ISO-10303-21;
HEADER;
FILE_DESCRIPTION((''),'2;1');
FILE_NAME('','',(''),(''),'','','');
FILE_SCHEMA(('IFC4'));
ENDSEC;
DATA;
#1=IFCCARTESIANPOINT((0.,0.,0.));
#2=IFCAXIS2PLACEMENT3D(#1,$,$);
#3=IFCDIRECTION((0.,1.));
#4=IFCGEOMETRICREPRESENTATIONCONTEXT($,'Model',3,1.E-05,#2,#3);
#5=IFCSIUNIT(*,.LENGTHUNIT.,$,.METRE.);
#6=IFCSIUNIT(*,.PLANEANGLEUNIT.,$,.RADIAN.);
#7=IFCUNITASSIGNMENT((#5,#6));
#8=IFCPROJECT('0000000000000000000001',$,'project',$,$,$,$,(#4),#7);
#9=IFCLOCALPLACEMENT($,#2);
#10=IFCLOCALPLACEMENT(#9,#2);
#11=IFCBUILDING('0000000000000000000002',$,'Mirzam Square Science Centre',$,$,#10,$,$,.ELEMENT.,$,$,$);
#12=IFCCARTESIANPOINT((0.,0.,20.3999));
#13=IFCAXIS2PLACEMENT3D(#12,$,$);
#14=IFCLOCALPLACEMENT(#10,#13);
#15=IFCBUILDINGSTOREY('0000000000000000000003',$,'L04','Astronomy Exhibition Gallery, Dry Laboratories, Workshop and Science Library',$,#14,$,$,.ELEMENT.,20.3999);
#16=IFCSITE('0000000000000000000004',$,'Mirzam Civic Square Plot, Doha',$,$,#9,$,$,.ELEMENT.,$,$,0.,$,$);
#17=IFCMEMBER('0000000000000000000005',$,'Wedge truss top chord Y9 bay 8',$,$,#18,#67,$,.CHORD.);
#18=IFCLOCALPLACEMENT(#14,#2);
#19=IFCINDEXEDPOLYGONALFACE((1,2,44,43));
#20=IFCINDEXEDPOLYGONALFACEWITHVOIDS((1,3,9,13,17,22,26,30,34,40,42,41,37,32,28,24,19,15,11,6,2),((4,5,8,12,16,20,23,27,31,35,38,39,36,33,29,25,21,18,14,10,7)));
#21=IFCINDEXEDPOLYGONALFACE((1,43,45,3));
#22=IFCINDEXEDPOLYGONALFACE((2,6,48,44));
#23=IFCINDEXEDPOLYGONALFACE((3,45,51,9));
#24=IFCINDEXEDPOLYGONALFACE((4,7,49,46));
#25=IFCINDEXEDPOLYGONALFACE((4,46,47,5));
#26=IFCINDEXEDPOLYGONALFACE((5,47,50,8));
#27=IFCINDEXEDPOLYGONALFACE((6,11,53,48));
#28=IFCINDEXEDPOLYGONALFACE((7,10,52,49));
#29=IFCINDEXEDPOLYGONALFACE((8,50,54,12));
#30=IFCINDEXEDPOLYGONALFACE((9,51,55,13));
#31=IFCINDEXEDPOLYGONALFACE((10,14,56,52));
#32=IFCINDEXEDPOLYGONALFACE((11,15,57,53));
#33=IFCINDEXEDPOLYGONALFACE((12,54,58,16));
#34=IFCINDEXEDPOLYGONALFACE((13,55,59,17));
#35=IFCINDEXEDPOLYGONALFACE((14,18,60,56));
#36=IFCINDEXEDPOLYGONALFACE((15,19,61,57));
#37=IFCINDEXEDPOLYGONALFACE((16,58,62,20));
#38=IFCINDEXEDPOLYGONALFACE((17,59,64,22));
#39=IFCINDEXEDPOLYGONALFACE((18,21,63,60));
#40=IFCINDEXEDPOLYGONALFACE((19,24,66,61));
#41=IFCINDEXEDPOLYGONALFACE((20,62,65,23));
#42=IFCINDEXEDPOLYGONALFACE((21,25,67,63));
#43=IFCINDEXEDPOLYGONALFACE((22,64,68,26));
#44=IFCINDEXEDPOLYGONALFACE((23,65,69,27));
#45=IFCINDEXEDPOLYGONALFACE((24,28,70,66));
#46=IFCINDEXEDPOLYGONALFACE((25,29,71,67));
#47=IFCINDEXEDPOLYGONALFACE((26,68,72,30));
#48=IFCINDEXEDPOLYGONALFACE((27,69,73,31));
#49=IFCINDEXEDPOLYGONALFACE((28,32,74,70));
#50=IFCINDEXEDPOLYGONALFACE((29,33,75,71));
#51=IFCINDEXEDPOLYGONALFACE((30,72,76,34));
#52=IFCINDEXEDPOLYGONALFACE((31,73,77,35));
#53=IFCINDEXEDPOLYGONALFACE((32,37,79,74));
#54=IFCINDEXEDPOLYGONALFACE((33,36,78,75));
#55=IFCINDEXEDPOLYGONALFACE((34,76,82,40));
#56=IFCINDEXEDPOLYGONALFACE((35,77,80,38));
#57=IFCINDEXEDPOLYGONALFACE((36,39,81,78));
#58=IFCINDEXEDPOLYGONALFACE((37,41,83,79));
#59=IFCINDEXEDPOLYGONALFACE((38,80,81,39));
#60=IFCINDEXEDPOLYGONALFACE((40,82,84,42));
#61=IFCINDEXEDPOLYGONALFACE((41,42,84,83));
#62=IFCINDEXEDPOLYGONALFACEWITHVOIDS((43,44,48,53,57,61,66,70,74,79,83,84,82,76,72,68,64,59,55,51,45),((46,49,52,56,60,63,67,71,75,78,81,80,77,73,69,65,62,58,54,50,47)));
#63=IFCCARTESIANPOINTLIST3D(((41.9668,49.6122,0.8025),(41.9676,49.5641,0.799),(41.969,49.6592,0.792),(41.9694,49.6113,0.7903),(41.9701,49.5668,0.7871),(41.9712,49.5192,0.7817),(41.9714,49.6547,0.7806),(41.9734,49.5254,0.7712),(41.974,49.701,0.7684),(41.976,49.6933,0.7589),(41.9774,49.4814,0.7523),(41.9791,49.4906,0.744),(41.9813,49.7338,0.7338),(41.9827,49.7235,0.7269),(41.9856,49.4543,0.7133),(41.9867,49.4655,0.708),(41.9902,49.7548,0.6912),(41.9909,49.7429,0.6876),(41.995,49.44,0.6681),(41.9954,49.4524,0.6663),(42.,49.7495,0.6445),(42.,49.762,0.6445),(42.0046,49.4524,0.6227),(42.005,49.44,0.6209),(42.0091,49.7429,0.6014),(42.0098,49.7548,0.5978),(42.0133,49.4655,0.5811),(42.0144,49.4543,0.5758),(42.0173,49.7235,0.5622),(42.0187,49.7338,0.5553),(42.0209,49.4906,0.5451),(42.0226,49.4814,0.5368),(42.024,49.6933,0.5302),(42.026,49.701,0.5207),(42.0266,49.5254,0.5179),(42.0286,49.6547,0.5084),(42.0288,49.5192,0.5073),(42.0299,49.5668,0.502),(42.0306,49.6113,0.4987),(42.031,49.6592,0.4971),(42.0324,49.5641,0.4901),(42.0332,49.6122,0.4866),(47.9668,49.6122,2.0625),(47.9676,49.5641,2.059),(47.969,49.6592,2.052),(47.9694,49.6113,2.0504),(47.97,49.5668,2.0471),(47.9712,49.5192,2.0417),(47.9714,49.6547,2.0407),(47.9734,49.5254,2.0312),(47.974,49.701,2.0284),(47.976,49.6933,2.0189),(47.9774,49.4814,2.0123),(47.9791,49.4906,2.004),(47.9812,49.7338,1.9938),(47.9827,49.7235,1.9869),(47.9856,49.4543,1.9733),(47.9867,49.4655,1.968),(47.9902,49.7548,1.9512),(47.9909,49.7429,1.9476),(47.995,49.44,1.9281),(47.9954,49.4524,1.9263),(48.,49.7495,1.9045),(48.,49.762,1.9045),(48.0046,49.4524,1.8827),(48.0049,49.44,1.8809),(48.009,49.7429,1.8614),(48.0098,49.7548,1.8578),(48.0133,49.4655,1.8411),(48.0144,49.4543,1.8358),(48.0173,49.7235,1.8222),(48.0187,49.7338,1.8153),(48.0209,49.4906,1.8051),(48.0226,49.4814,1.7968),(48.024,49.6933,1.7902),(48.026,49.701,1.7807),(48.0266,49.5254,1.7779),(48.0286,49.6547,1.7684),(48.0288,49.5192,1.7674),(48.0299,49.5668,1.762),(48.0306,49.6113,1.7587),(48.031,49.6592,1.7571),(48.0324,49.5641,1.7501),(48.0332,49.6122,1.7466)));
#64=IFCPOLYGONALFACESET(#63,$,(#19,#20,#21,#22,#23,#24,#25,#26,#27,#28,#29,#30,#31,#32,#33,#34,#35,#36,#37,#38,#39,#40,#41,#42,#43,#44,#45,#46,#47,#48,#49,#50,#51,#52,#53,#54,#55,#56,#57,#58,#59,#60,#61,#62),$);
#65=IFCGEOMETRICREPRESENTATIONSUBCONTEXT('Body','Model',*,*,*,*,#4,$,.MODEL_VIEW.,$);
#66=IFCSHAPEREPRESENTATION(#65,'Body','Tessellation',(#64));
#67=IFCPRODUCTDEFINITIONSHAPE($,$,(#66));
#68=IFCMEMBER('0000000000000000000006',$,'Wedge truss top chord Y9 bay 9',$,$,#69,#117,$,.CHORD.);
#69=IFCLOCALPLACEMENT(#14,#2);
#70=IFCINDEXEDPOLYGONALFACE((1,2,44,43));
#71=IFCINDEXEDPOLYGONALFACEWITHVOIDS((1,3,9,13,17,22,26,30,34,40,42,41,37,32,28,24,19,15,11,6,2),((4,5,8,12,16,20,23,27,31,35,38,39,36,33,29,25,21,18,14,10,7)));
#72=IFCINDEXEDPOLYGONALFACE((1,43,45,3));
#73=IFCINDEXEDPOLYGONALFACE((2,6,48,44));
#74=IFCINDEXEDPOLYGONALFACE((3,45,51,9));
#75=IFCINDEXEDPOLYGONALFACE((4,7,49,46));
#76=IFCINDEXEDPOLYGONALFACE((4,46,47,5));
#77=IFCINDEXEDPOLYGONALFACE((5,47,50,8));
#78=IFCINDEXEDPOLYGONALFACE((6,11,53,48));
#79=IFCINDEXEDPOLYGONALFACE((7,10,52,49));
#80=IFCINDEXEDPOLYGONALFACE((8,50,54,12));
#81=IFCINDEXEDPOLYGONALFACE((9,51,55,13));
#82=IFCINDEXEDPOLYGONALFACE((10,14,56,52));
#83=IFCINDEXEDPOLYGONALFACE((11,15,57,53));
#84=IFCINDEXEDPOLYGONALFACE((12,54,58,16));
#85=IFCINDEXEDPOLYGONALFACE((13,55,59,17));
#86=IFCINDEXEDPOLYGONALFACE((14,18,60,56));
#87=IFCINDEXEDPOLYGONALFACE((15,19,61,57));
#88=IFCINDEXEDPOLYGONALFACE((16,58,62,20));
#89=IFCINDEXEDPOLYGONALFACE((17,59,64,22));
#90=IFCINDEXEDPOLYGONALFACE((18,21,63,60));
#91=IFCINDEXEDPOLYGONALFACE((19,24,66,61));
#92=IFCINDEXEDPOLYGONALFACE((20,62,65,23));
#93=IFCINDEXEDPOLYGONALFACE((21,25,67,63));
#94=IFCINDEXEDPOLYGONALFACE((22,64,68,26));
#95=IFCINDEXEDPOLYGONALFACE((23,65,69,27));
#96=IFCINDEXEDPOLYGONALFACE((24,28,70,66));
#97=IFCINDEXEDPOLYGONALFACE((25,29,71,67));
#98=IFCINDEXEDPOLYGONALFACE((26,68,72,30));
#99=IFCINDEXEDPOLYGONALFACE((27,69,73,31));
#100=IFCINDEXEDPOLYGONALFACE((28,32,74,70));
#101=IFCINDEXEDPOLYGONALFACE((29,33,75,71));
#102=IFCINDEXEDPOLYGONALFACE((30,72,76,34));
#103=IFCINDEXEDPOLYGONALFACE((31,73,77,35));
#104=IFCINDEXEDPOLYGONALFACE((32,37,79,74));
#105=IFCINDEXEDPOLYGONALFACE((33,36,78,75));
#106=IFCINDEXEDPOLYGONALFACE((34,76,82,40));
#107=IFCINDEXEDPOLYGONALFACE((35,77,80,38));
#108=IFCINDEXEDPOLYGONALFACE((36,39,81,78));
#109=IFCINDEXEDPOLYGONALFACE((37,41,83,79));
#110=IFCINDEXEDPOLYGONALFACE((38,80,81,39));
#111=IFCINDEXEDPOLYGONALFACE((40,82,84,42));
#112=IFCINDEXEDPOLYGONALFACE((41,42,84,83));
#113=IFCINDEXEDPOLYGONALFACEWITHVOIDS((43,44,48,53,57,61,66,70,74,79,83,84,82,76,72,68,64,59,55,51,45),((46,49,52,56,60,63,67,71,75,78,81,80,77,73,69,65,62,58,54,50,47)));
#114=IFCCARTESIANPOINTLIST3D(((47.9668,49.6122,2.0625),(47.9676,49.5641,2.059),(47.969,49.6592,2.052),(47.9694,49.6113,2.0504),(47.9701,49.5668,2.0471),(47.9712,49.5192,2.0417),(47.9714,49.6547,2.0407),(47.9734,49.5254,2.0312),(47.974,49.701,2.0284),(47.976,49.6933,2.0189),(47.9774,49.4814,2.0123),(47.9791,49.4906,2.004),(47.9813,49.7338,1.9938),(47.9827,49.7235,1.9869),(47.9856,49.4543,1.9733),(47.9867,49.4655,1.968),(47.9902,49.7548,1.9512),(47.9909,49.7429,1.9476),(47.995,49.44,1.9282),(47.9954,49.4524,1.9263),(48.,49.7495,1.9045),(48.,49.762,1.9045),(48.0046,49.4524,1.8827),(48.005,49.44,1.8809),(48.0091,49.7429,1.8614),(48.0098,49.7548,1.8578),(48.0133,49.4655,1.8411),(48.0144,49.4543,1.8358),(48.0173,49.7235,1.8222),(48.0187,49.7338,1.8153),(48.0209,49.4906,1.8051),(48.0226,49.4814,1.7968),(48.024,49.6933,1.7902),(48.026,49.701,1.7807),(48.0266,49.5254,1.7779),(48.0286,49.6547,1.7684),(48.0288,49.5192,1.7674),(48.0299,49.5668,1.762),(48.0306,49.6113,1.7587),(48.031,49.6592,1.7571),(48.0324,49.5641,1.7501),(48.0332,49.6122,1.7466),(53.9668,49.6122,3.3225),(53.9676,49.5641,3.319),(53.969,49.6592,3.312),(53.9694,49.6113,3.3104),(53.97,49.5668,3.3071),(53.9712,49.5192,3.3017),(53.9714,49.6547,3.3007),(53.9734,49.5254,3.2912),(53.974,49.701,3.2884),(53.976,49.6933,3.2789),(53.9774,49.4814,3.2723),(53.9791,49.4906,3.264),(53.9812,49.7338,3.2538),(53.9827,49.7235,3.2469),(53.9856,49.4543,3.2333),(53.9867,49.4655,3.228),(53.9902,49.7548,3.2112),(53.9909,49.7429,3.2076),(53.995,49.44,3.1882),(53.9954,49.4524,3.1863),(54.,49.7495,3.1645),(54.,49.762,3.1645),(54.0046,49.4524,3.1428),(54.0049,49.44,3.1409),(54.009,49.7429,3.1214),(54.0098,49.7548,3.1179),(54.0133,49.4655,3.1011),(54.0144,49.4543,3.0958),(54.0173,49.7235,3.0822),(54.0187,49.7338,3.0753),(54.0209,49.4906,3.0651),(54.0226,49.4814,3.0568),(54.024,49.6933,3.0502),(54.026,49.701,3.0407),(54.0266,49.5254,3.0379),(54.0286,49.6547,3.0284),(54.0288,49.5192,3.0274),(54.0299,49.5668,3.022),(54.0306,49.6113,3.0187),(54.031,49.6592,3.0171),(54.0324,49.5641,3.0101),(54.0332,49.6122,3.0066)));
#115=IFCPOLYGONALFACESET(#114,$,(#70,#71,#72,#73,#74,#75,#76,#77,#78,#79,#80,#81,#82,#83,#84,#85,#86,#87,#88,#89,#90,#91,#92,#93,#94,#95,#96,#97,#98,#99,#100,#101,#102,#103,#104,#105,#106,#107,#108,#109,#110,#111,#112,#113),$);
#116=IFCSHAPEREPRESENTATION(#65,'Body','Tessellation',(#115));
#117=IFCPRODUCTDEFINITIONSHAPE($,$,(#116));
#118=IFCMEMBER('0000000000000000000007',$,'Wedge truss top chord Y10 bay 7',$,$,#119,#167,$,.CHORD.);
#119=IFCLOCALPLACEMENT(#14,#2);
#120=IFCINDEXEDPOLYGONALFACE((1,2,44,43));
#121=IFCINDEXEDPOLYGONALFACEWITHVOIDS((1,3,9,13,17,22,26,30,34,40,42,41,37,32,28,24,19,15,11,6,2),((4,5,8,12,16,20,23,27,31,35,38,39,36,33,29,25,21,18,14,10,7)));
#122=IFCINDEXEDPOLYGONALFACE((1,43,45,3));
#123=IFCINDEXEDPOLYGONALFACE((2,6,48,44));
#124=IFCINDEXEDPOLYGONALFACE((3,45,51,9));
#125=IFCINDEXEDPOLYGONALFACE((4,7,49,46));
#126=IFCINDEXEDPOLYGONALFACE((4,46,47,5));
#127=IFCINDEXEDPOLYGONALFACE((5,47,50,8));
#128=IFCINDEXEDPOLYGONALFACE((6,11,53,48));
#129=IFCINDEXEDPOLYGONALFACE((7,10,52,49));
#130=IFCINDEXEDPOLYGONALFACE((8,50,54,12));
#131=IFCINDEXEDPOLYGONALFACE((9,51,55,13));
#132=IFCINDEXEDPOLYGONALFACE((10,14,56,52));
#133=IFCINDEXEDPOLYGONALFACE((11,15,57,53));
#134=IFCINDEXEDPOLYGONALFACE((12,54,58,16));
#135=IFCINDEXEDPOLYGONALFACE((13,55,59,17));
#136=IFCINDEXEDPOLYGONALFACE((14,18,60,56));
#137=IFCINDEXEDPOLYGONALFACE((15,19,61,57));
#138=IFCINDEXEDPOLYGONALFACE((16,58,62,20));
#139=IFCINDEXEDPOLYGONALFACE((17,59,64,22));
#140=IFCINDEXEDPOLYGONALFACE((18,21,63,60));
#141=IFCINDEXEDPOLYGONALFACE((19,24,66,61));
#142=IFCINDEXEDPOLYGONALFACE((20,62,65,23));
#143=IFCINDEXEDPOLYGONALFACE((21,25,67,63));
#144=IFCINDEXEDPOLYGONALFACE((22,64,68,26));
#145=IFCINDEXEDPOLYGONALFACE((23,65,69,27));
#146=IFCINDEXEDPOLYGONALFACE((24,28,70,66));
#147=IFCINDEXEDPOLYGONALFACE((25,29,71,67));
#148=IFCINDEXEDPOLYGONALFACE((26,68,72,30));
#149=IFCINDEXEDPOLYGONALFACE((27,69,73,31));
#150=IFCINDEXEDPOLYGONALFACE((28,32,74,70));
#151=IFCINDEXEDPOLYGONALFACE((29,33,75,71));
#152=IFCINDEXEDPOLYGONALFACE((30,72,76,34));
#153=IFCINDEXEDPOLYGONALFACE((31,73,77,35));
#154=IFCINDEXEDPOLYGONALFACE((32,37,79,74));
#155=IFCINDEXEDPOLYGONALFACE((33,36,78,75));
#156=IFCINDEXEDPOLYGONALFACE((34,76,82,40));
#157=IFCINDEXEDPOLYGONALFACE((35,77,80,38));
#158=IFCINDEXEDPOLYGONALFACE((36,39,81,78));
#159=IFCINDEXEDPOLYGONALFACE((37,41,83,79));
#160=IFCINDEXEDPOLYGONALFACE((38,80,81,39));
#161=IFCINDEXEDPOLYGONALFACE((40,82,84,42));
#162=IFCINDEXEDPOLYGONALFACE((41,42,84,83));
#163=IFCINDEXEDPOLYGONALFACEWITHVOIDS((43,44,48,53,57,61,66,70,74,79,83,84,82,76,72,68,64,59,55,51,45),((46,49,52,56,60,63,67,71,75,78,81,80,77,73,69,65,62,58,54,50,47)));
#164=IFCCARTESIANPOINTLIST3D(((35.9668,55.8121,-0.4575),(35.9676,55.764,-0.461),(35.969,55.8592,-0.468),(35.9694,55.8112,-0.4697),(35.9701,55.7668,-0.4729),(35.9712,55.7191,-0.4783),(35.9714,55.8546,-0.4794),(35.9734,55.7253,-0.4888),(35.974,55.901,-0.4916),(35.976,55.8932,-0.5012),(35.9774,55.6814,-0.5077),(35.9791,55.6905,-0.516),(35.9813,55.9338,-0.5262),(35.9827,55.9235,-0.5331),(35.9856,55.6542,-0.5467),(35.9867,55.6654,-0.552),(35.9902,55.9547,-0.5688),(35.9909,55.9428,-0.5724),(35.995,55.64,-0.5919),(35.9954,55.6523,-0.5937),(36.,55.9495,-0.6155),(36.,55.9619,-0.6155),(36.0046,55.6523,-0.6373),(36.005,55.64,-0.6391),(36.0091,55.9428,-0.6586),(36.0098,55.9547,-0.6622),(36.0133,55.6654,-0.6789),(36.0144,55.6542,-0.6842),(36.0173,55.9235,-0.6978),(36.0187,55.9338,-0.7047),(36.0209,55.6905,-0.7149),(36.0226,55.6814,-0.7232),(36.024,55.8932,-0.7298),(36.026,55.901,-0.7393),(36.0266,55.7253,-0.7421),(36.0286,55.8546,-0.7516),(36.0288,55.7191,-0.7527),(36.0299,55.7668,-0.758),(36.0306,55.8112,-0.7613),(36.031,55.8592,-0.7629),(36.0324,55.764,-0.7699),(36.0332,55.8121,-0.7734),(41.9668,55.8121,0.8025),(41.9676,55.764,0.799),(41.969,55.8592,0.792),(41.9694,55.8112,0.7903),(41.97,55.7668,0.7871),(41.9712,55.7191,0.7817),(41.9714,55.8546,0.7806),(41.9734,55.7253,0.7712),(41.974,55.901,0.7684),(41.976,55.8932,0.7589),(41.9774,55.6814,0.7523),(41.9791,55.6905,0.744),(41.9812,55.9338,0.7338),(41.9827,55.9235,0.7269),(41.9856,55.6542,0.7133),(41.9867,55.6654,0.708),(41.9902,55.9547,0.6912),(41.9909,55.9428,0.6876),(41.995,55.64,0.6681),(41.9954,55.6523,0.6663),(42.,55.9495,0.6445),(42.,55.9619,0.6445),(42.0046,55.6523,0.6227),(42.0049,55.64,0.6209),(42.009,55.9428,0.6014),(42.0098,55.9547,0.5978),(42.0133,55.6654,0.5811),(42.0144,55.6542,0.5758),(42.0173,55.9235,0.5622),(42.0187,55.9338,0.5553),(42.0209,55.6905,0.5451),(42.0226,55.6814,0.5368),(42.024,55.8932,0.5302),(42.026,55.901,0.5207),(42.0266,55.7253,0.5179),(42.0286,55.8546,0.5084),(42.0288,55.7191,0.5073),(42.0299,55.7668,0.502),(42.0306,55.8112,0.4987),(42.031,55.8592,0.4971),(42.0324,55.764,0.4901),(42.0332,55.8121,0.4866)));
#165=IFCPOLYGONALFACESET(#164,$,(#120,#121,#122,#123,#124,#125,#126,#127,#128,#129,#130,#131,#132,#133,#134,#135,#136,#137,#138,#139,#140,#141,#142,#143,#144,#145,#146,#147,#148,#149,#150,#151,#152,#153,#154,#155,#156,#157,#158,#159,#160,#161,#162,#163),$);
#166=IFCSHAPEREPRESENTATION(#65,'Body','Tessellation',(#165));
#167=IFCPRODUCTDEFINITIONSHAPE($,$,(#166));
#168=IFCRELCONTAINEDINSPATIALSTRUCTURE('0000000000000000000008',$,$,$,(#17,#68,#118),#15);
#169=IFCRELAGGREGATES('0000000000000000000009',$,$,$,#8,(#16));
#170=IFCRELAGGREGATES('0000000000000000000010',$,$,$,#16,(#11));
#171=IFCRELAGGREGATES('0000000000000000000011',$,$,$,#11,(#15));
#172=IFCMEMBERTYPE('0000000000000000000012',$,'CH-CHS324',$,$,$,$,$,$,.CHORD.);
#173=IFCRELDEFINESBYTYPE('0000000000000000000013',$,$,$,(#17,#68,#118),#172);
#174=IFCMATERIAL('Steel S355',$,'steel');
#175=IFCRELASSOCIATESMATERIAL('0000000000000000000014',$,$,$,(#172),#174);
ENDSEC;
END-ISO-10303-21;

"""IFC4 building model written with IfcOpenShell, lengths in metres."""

from ifc_helpers import new_model, si_unit, direction, frame, origin, origin_2d, place, context, subcontext, project, spatial, hollow_circle, extrude, material, material_profile, profile_set, type_object, element, save


model = new_model("IFC4")

# Units and contexts
model_context = context("Model", 3, precision=1e-05, world=origin(), true_north=direction((0.0, 1.0)))
body_context = subcontext(model_context, "Body", "Model", "MODEL_VIEW")
ifc_project = project(units=[si_unit("LENGTHUNIT", "METRE"), si_unit("PLANEANGLEUNIT", "RADIAN")], contexts=[model_context])

# Site, building, storey
site_placement = place(None, origin())
site = spatial("IfcSite", under=ifc_project, at=site_placement, Name="Mirzam Civic Square Plot, Doha", CompositionType="ELEMENT", RefElevation=0.0)
building_placement = place(site_placement, origin())
building = spatial("IfcBuilding", under=site, at=building_placement, Name="Mirzam Square Science Centre", CompositionType="ELEMENT")
storey_placement = place(building_placement, frame((0.0, 0.0, 20.3999)))
storey = spatial("IfcBuildingStorey", under=building, at=storey_placement, Name="L04", Description="Astronomy Exhibition Gallery, Dry Laboratories, Workshop and Science Library", CompositionType="ELEMENT", Elevation=20.3999)

# Members
ifc_material = material(Name="Steel S355", Category="steel")
ifc_material_profile_1 = material_profile(ifc_material, hollow_circle(Radius=0.1619, WallThickness=0.0125, at=origin_2d()), Name="323.9x12.5CHS")
ifc_profile_set_1 = profile_set([ifc_material_profile_1], Name="Steel S355")
member_type_1 = type_object("IfcMemberType", Name="CH-CHS324", PredefinedType="CHORD", material=ifc_profile_set_1)
for number, where, z_axis, x_axis, name in (
    (1, (42.0, 49.6001, 0.6445), (0.978653, 0.0, 0.205519), (0.0, 1.0, 0.0), "Wedge truss top chord Y9 bay 8"),
    (2, (48.0, 49.6001, 1.9045), (0.978653, 0.0, 0.205519), (0.0, 1.0, 0.0), "Wedge truss top chord Y9 bay 9"),
    (3, (36.0, 55.8, -0.6155), (0.978653, 0.0, 0.205519), (0.0, 1.0, 0.0), "Wedge truss top chord Y10 bay 7"),
):
    element("IfcMember", number, at=place(storey_placement, frame(where, z_axis=z_axis, x_axis=x_axis)), inside=storey, type_object=member_type_1, Name=name, PredefinedType="CHORD", context=body_context, shape_type="SweptSolid", body=[
        extrude(hollow_circle(Radius=0.1619, WallThickness=0.0125, at=origin_2d()), origin(), (0.0, 0.0, 1.0), 6.1309),
    ])

save(model, "model.ifc")
